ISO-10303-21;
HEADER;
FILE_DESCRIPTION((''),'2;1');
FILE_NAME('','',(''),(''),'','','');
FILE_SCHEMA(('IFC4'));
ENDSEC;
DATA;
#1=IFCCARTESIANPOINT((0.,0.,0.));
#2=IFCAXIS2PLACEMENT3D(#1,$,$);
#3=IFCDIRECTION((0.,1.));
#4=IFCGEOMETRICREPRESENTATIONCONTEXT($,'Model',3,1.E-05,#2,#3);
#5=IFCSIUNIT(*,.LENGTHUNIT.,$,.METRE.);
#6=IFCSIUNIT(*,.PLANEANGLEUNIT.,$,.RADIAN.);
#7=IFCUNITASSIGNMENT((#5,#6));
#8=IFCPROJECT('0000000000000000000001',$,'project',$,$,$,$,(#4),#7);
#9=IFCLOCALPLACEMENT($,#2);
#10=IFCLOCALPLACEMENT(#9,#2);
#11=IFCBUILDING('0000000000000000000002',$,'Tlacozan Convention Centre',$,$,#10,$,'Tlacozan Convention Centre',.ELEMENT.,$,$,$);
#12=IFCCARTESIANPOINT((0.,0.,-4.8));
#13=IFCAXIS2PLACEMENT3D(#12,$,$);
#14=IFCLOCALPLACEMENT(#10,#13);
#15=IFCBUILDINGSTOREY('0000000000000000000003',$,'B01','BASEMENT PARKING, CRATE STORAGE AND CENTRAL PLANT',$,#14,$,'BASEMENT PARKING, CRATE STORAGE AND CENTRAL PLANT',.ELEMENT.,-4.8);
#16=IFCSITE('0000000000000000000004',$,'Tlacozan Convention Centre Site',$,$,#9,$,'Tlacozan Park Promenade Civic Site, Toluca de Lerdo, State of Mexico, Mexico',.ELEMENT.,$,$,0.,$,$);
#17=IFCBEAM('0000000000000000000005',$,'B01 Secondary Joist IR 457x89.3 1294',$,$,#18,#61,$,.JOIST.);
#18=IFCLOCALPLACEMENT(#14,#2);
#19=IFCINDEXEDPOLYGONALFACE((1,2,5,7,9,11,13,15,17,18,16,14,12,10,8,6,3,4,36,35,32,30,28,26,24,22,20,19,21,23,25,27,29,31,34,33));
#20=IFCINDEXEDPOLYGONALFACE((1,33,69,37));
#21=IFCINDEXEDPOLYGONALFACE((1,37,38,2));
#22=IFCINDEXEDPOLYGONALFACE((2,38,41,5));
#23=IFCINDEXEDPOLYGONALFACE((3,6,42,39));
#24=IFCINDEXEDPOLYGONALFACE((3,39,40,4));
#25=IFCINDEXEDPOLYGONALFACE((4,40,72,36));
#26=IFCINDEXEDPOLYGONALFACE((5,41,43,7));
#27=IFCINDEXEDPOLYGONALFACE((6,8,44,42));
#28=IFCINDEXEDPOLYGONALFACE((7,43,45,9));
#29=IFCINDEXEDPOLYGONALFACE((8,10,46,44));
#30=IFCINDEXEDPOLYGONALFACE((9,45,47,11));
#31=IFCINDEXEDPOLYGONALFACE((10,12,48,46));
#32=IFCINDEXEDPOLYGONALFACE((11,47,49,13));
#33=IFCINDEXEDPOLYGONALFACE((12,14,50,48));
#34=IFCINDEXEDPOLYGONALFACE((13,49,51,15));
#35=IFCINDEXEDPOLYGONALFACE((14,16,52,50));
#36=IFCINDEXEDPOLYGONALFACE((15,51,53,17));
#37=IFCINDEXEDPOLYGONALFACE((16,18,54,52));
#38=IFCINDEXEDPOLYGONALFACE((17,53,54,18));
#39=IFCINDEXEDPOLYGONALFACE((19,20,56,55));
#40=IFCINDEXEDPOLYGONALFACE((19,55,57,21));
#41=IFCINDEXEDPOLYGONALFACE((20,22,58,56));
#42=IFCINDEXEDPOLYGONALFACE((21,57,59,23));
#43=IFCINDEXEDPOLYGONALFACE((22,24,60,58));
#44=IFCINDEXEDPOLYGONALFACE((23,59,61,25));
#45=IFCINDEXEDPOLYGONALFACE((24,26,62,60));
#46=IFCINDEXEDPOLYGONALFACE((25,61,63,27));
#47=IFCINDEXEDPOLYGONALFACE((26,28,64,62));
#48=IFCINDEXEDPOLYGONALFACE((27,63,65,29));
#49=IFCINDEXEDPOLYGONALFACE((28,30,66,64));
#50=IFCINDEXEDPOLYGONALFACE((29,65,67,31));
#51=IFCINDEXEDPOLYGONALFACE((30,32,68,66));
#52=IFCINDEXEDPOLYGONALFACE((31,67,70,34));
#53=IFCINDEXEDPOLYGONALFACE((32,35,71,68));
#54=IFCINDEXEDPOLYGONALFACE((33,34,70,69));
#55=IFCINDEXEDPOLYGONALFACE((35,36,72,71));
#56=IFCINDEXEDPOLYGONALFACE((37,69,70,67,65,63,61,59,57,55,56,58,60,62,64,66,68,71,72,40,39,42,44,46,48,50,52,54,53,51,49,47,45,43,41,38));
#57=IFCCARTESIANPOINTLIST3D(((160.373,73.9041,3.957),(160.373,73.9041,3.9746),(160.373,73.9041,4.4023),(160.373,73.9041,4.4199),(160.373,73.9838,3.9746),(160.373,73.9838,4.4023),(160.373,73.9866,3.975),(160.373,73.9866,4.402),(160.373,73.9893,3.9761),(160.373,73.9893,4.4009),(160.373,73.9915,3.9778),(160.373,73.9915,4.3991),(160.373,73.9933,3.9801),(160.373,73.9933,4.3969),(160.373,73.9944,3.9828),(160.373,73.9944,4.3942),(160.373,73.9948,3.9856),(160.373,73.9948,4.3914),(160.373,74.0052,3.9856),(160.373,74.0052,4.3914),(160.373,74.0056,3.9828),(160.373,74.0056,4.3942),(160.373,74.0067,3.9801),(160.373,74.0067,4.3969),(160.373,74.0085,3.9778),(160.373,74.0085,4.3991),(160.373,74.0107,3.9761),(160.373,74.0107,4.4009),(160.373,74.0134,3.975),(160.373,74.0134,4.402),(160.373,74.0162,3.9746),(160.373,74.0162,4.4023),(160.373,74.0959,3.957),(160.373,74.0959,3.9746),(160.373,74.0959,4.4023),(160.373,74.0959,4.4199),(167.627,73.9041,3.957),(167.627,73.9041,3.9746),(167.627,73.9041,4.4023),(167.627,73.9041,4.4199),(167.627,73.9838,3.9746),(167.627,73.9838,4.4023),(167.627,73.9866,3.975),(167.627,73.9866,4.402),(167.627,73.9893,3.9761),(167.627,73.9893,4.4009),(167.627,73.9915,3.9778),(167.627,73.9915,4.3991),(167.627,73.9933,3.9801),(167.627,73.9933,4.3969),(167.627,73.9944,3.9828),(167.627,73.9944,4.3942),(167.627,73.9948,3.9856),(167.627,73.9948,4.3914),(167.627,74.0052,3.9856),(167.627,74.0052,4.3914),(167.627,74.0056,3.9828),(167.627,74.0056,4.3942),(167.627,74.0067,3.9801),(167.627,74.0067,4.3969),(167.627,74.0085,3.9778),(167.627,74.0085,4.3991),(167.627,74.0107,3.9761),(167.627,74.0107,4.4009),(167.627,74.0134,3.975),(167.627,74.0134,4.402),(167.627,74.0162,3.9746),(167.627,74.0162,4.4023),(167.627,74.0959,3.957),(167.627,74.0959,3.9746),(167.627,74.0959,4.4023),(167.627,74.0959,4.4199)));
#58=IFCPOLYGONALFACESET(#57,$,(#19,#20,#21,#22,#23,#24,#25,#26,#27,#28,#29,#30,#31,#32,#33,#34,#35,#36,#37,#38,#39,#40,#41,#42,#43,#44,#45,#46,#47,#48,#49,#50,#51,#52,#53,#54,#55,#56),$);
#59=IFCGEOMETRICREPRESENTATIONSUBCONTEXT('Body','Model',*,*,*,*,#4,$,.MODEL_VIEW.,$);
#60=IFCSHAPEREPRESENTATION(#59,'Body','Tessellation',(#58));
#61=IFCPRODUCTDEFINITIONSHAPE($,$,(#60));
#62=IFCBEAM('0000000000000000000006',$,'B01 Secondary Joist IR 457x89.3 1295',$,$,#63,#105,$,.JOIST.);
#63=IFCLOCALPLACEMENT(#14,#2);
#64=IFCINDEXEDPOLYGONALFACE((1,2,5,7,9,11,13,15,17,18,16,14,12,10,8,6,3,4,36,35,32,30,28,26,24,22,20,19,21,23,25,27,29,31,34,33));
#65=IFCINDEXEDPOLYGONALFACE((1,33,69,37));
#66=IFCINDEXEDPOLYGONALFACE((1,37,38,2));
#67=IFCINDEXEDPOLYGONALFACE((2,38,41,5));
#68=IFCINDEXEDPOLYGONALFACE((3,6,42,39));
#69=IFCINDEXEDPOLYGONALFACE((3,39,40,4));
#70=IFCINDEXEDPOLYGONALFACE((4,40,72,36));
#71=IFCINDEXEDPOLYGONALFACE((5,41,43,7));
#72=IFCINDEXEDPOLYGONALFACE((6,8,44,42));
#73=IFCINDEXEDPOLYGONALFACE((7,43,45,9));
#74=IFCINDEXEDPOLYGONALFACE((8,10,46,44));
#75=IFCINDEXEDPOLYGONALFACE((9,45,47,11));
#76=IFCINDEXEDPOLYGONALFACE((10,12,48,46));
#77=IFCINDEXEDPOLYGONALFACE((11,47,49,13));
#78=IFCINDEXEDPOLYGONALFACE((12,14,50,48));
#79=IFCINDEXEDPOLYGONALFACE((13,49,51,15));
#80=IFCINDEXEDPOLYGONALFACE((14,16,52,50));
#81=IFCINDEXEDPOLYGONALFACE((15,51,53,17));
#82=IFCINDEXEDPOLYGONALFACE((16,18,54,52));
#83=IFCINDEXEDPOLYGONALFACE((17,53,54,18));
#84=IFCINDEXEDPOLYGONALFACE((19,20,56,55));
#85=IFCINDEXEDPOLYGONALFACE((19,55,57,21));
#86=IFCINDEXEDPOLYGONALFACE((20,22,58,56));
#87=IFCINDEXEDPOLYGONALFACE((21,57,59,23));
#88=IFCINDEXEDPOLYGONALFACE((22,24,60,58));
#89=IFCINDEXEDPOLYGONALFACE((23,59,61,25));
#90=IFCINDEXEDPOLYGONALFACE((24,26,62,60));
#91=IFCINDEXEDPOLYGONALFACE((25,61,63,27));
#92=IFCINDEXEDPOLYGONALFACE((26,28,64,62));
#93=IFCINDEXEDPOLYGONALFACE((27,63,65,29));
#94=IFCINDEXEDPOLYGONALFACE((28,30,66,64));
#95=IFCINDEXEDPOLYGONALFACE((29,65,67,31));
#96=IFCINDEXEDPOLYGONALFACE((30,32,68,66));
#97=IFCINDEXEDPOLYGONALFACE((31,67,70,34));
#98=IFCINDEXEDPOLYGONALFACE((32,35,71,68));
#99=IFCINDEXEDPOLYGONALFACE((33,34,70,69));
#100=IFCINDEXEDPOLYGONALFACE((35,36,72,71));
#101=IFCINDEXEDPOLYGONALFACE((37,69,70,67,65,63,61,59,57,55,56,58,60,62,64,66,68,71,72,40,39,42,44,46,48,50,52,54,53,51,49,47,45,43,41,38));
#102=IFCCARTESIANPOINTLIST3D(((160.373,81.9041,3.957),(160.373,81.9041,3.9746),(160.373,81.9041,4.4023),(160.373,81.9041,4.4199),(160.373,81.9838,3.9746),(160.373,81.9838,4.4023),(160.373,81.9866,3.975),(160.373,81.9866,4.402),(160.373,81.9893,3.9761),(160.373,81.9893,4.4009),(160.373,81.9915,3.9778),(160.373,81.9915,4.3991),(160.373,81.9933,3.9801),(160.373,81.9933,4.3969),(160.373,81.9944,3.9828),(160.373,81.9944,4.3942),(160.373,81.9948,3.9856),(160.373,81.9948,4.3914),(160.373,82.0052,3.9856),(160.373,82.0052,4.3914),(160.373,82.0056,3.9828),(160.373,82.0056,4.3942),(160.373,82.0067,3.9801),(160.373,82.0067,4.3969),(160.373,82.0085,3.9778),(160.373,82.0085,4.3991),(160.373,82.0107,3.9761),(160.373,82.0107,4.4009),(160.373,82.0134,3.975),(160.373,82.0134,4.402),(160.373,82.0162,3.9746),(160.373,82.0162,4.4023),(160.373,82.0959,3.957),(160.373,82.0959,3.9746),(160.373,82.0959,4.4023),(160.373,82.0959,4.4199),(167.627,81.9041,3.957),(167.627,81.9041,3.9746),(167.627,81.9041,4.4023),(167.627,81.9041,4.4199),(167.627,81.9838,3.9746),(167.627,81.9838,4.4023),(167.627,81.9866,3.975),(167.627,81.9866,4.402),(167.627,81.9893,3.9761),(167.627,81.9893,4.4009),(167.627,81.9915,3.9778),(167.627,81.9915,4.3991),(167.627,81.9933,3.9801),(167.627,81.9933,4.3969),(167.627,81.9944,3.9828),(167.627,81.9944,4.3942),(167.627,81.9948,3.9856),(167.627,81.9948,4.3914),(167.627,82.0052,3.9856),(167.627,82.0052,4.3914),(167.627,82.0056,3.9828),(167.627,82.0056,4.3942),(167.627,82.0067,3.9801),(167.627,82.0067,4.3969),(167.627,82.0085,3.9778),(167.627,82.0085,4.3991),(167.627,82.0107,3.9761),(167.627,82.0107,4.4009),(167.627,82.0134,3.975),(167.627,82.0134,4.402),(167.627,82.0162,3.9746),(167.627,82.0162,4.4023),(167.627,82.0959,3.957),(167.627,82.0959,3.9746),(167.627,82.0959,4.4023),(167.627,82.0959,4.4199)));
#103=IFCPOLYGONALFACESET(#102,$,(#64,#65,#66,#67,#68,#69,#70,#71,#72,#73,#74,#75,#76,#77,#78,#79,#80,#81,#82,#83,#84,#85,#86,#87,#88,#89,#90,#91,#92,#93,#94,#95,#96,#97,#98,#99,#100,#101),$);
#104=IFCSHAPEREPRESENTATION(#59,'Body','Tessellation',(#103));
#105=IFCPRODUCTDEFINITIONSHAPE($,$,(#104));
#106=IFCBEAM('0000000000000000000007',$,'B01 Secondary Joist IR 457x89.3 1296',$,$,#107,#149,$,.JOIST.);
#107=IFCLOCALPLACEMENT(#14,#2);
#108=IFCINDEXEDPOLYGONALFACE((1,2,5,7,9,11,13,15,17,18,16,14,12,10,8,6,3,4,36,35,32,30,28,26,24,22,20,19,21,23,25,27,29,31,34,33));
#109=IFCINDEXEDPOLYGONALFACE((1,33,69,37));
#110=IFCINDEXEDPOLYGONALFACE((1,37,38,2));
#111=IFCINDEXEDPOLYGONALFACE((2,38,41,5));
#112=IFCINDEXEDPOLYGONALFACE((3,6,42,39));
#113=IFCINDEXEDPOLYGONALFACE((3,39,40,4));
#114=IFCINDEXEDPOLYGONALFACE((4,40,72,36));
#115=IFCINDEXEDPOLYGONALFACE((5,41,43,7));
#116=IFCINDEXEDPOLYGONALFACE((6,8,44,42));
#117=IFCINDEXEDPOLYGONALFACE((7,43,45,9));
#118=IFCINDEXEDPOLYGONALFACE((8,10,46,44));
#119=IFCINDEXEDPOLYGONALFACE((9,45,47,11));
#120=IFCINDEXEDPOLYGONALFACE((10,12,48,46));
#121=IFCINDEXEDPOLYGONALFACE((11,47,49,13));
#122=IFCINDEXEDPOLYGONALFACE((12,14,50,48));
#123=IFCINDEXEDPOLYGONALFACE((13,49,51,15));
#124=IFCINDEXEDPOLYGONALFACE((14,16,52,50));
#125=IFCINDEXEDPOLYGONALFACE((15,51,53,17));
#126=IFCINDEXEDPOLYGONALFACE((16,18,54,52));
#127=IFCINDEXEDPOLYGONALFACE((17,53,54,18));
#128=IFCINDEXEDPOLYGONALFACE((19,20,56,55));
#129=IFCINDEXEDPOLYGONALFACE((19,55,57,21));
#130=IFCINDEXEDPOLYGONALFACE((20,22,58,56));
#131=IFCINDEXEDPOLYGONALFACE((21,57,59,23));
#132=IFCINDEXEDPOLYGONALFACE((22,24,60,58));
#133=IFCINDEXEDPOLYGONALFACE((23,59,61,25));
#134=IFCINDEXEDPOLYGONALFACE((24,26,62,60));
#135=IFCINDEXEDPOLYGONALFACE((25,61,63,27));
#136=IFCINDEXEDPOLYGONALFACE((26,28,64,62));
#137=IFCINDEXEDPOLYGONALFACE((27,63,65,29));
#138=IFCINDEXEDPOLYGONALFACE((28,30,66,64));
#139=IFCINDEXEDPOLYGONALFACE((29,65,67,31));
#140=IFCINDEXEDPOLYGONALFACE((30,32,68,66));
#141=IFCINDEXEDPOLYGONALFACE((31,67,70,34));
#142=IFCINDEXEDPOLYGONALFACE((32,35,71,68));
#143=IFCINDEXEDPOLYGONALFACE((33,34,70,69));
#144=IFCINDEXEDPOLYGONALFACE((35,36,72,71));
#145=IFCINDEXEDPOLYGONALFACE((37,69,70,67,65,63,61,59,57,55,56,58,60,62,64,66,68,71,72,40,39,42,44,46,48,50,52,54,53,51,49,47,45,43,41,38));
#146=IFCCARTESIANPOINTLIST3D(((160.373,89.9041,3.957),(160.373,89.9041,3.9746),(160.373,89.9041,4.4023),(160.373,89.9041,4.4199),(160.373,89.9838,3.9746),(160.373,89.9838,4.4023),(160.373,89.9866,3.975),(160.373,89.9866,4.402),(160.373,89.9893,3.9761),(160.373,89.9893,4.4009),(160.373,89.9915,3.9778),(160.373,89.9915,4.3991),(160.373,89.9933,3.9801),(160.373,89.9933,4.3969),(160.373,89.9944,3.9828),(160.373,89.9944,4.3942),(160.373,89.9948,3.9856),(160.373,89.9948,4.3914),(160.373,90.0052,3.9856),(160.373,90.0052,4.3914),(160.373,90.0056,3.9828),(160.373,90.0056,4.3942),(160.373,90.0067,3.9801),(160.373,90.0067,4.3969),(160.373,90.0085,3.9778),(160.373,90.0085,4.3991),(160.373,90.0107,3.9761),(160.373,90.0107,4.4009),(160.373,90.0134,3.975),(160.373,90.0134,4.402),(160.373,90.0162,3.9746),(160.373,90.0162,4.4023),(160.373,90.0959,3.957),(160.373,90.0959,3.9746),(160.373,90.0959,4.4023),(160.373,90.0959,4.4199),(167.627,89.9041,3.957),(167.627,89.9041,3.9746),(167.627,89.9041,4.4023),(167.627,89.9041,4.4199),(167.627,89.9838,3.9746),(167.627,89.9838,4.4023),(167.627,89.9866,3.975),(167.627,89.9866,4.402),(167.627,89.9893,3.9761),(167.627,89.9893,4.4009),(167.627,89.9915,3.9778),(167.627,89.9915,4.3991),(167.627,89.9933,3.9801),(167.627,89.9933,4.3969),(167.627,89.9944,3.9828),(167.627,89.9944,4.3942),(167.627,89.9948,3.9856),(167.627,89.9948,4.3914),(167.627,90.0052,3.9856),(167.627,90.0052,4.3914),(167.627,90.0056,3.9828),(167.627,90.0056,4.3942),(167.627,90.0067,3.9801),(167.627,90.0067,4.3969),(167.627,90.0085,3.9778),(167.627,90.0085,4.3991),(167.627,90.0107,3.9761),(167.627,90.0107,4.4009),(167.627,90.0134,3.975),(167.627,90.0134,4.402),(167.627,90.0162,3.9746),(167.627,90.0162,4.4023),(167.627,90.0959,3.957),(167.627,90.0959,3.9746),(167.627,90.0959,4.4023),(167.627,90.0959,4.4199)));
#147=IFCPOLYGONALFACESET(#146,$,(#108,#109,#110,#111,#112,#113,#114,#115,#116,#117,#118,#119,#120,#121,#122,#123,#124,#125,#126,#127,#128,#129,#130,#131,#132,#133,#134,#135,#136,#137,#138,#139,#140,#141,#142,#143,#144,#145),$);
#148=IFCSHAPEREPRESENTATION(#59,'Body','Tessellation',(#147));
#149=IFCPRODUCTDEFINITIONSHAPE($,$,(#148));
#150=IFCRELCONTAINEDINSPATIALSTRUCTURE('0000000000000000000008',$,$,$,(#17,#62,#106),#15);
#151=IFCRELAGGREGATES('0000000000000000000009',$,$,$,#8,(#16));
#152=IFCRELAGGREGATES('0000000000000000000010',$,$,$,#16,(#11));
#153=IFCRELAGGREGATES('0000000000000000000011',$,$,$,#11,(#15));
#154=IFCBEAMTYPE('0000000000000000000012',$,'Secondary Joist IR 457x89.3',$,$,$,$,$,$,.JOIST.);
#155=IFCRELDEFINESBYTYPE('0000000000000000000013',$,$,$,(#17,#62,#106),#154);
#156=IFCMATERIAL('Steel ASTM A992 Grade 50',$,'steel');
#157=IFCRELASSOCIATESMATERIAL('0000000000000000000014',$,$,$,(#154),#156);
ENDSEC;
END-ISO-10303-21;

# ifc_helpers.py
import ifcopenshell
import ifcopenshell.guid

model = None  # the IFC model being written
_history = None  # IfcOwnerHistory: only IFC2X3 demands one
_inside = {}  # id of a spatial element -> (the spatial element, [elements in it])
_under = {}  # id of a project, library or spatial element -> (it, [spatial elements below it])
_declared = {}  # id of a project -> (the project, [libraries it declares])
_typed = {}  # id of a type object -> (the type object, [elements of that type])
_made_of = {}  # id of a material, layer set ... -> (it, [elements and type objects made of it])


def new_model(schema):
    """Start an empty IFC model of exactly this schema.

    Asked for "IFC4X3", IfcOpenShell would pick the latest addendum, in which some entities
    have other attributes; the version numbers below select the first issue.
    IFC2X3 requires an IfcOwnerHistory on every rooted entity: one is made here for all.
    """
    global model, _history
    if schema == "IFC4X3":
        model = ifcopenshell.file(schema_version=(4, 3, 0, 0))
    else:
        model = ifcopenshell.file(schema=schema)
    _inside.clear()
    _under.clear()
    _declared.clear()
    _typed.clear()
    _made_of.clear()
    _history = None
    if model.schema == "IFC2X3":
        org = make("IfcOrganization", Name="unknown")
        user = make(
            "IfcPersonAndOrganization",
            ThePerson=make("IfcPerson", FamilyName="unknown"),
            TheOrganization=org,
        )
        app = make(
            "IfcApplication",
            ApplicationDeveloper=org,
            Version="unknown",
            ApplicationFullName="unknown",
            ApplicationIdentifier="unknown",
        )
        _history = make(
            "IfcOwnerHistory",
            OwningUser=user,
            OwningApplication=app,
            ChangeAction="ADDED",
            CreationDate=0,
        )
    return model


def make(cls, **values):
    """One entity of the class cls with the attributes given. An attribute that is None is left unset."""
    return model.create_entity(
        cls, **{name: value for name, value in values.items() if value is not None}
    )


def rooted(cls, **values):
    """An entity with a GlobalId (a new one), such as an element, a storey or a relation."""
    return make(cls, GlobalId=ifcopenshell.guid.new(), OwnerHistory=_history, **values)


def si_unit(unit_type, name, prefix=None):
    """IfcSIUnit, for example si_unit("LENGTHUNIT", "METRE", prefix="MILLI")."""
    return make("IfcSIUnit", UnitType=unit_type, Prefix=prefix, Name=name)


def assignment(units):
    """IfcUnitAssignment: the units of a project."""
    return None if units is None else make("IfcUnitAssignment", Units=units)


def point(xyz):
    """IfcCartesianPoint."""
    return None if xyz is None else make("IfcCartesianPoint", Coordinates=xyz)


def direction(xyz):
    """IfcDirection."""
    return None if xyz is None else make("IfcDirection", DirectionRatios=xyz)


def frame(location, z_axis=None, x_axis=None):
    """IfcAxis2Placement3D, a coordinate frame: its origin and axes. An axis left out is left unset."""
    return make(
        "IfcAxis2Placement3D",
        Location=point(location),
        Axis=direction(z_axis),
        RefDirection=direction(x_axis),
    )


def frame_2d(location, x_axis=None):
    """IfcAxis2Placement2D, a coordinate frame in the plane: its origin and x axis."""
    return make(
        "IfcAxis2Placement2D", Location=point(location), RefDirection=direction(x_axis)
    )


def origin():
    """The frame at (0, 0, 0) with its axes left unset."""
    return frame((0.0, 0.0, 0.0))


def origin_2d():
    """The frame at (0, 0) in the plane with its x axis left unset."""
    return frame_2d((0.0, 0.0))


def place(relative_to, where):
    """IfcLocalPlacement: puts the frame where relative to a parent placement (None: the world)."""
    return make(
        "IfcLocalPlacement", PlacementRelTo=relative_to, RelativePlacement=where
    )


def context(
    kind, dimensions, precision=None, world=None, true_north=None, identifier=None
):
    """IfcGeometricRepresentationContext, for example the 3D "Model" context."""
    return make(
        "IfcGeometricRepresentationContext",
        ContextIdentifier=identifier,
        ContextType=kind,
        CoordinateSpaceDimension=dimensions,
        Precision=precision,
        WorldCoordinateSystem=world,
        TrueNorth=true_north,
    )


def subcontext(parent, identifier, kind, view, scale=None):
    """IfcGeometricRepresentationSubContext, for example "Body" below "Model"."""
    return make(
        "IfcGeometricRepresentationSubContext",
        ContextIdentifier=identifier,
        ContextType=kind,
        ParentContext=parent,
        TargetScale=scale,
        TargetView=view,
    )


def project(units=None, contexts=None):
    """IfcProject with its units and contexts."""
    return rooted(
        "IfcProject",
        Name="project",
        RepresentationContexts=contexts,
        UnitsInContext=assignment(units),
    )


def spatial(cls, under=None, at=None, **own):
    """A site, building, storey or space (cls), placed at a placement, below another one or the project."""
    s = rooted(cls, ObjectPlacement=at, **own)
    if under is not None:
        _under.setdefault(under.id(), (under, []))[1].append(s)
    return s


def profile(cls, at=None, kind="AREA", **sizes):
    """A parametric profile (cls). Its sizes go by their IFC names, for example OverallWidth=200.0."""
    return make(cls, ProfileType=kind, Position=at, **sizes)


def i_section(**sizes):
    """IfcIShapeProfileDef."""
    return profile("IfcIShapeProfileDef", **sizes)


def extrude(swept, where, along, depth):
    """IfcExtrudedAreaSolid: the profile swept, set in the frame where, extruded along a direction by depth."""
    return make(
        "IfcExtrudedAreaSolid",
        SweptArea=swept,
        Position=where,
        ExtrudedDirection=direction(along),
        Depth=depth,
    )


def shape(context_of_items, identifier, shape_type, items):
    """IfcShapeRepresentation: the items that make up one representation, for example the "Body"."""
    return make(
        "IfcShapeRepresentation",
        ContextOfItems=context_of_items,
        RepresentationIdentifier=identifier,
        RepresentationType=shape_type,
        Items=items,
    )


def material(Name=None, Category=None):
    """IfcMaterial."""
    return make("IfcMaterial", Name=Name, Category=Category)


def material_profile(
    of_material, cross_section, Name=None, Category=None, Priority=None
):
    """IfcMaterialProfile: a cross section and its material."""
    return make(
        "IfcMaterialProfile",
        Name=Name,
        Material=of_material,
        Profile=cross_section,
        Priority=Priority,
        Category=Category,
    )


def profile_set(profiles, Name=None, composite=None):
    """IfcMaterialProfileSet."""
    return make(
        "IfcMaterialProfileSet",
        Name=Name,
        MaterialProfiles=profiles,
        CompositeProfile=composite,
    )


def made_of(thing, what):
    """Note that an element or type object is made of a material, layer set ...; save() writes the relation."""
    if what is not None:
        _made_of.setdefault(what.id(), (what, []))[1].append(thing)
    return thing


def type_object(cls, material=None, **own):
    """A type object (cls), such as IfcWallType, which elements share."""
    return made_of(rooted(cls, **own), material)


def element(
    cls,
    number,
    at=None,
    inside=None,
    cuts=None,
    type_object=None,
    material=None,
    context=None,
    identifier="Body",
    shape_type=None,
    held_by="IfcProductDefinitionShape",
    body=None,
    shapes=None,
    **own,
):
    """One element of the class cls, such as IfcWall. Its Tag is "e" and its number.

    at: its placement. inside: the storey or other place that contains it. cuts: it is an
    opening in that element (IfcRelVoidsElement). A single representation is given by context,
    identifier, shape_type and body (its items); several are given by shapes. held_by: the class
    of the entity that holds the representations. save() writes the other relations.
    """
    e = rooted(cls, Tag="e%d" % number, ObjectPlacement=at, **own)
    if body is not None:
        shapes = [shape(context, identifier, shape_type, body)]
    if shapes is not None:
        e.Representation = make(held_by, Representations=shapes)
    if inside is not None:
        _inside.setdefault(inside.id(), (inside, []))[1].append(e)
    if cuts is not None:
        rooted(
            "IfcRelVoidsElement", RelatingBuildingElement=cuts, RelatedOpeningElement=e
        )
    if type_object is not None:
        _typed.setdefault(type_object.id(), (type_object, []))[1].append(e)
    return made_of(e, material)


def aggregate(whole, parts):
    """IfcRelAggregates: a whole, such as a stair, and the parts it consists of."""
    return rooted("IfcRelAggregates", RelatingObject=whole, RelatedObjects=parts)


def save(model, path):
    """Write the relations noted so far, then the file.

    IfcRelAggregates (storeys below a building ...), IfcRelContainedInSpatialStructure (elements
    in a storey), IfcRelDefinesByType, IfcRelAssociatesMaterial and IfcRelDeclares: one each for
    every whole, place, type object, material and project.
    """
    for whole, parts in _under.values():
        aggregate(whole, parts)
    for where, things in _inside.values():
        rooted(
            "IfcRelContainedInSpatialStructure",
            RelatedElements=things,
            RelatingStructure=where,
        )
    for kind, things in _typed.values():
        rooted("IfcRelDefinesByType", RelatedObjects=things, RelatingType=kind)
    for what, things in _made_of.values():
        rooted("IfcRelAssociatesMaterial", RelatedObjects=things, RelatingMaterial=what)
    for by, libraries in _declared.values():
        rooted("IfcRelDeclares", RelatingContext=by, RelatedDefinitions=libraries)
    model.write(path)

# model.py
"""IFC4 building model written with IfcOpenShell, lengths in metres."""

from ifc_helpers import new_model, si_unit, direction, frame, origin, origin_2d, place, context, subcontext, project, spatial, i_section, extrude, material, material_profile, profile_set, type_object, element, save


model = new_model("IFC4")

# Units and contexts
model_context = context("Model", 3, precision=1e-05, world=origin(), true_north=direction((0.0, 1.0)))
body_context = subcontext(model_context, "Body", "Model", "MODEL_VIEW")
ifc_project = project(units=[si_unit("LENGTHUNIT", "METRE"), si_unit("PLANEANGLEUNIT", "RADIAN")], contexts=[model_context])

# Site, building, storey
site_placement = place(None, origin())
site = spatial("IfcSite", under=ifc_project, at=site_placement, Name="Tlacozan Convention Centre Site", LongName="Tlacozan Park Promenade Civic Site, Toluca de Lerdo, State of Mexico, Mexico", CompositionType="ELEMENT", RefElevation=0.0)
building_placement = place(site_placement, origin())
building = spatial("IfcBuilding", under=site, at=building_placement, Name="Tlacozan Convention Centre", LongName="Tlacozan Convention Centre", CompositionType="ELEMENT")
storey_placement = place(building_placement, frame((0.0, 0.0, -4.8)))
storey = spatial("IfcBuildingStorey", under=building, at=storey_placement, Name="B01", Description="BASEMENT PARKING, CRATE STORAGE AND CENTRAL PLANT", LongName="BASEMENT PARKING, CRATE STORAGE AND CENTRAL PLANT", CompositionType="ELEMENT", Elevation=-4.8)

# Beams
ifc_material_1 = material(Name="Steel ASTM A992 Grade 50", Category="steel")
ifc_material_profile_1 = material_profile(ifc_material_1, i_section(OverallWidth=0.1919, OverallDepth=0.4629, WebThickness=0.0105, FlangeThickness=0.0176, FilletRadius=0.011, at=origin_2d()), Name="IR 457x89.3")
ifc_profile_set_1 = profile_set([ifc_material_profile_1], Name="Steel ASTM A992 Grade 50")
beam_type_1 = type_object("IfcBeamType", Name="Secondary Joist IR 457x89.3", PredefinedType="JOIST", material=ifc_profile_set_1)
for number, where, z_axis, x_axis, name in (
    (1, (160.373, 74.0, 4.1885), (1.0, 0.0, 0.0), (0.0, 1.0, 0.0), "B01 Secondary Joist IR 457x89.3 1294"),
    (2, (160.373, 82.0, 4.1885), (1.0, 0.0, 0.0), (0.0, 1.0, 0.0), "B01 Secondary Joist IR 457x89.3 1295"),
    (3, (160.373, 90.0, 4.1885), (1.0, 0.0, 0.0), (0.0, 1.0, 0.0), "B01 Secondary Joist IR 457x89.3 1296"),
):
    element("IfcBeam", number, at=place(storey_placement, frame(where, z_axis=z_axis, x_axis=x_axis)), inside=storey, type_object=beam_type_1, Name=name, PredefinedType="JOIST", context=body_context, shape_type="SweptSolid", body=[
        extrude(i_section(OverallWidth=0.1919, OverallDepth=0.4629, WebThickness=0.0105, FlangeThickness=0.0176, FilletRadius=0.011, at=origin_2d()), origin(), (0.0, 0.0, 1.0), 7.2539),
    ])

save(model, "model.ifc")
